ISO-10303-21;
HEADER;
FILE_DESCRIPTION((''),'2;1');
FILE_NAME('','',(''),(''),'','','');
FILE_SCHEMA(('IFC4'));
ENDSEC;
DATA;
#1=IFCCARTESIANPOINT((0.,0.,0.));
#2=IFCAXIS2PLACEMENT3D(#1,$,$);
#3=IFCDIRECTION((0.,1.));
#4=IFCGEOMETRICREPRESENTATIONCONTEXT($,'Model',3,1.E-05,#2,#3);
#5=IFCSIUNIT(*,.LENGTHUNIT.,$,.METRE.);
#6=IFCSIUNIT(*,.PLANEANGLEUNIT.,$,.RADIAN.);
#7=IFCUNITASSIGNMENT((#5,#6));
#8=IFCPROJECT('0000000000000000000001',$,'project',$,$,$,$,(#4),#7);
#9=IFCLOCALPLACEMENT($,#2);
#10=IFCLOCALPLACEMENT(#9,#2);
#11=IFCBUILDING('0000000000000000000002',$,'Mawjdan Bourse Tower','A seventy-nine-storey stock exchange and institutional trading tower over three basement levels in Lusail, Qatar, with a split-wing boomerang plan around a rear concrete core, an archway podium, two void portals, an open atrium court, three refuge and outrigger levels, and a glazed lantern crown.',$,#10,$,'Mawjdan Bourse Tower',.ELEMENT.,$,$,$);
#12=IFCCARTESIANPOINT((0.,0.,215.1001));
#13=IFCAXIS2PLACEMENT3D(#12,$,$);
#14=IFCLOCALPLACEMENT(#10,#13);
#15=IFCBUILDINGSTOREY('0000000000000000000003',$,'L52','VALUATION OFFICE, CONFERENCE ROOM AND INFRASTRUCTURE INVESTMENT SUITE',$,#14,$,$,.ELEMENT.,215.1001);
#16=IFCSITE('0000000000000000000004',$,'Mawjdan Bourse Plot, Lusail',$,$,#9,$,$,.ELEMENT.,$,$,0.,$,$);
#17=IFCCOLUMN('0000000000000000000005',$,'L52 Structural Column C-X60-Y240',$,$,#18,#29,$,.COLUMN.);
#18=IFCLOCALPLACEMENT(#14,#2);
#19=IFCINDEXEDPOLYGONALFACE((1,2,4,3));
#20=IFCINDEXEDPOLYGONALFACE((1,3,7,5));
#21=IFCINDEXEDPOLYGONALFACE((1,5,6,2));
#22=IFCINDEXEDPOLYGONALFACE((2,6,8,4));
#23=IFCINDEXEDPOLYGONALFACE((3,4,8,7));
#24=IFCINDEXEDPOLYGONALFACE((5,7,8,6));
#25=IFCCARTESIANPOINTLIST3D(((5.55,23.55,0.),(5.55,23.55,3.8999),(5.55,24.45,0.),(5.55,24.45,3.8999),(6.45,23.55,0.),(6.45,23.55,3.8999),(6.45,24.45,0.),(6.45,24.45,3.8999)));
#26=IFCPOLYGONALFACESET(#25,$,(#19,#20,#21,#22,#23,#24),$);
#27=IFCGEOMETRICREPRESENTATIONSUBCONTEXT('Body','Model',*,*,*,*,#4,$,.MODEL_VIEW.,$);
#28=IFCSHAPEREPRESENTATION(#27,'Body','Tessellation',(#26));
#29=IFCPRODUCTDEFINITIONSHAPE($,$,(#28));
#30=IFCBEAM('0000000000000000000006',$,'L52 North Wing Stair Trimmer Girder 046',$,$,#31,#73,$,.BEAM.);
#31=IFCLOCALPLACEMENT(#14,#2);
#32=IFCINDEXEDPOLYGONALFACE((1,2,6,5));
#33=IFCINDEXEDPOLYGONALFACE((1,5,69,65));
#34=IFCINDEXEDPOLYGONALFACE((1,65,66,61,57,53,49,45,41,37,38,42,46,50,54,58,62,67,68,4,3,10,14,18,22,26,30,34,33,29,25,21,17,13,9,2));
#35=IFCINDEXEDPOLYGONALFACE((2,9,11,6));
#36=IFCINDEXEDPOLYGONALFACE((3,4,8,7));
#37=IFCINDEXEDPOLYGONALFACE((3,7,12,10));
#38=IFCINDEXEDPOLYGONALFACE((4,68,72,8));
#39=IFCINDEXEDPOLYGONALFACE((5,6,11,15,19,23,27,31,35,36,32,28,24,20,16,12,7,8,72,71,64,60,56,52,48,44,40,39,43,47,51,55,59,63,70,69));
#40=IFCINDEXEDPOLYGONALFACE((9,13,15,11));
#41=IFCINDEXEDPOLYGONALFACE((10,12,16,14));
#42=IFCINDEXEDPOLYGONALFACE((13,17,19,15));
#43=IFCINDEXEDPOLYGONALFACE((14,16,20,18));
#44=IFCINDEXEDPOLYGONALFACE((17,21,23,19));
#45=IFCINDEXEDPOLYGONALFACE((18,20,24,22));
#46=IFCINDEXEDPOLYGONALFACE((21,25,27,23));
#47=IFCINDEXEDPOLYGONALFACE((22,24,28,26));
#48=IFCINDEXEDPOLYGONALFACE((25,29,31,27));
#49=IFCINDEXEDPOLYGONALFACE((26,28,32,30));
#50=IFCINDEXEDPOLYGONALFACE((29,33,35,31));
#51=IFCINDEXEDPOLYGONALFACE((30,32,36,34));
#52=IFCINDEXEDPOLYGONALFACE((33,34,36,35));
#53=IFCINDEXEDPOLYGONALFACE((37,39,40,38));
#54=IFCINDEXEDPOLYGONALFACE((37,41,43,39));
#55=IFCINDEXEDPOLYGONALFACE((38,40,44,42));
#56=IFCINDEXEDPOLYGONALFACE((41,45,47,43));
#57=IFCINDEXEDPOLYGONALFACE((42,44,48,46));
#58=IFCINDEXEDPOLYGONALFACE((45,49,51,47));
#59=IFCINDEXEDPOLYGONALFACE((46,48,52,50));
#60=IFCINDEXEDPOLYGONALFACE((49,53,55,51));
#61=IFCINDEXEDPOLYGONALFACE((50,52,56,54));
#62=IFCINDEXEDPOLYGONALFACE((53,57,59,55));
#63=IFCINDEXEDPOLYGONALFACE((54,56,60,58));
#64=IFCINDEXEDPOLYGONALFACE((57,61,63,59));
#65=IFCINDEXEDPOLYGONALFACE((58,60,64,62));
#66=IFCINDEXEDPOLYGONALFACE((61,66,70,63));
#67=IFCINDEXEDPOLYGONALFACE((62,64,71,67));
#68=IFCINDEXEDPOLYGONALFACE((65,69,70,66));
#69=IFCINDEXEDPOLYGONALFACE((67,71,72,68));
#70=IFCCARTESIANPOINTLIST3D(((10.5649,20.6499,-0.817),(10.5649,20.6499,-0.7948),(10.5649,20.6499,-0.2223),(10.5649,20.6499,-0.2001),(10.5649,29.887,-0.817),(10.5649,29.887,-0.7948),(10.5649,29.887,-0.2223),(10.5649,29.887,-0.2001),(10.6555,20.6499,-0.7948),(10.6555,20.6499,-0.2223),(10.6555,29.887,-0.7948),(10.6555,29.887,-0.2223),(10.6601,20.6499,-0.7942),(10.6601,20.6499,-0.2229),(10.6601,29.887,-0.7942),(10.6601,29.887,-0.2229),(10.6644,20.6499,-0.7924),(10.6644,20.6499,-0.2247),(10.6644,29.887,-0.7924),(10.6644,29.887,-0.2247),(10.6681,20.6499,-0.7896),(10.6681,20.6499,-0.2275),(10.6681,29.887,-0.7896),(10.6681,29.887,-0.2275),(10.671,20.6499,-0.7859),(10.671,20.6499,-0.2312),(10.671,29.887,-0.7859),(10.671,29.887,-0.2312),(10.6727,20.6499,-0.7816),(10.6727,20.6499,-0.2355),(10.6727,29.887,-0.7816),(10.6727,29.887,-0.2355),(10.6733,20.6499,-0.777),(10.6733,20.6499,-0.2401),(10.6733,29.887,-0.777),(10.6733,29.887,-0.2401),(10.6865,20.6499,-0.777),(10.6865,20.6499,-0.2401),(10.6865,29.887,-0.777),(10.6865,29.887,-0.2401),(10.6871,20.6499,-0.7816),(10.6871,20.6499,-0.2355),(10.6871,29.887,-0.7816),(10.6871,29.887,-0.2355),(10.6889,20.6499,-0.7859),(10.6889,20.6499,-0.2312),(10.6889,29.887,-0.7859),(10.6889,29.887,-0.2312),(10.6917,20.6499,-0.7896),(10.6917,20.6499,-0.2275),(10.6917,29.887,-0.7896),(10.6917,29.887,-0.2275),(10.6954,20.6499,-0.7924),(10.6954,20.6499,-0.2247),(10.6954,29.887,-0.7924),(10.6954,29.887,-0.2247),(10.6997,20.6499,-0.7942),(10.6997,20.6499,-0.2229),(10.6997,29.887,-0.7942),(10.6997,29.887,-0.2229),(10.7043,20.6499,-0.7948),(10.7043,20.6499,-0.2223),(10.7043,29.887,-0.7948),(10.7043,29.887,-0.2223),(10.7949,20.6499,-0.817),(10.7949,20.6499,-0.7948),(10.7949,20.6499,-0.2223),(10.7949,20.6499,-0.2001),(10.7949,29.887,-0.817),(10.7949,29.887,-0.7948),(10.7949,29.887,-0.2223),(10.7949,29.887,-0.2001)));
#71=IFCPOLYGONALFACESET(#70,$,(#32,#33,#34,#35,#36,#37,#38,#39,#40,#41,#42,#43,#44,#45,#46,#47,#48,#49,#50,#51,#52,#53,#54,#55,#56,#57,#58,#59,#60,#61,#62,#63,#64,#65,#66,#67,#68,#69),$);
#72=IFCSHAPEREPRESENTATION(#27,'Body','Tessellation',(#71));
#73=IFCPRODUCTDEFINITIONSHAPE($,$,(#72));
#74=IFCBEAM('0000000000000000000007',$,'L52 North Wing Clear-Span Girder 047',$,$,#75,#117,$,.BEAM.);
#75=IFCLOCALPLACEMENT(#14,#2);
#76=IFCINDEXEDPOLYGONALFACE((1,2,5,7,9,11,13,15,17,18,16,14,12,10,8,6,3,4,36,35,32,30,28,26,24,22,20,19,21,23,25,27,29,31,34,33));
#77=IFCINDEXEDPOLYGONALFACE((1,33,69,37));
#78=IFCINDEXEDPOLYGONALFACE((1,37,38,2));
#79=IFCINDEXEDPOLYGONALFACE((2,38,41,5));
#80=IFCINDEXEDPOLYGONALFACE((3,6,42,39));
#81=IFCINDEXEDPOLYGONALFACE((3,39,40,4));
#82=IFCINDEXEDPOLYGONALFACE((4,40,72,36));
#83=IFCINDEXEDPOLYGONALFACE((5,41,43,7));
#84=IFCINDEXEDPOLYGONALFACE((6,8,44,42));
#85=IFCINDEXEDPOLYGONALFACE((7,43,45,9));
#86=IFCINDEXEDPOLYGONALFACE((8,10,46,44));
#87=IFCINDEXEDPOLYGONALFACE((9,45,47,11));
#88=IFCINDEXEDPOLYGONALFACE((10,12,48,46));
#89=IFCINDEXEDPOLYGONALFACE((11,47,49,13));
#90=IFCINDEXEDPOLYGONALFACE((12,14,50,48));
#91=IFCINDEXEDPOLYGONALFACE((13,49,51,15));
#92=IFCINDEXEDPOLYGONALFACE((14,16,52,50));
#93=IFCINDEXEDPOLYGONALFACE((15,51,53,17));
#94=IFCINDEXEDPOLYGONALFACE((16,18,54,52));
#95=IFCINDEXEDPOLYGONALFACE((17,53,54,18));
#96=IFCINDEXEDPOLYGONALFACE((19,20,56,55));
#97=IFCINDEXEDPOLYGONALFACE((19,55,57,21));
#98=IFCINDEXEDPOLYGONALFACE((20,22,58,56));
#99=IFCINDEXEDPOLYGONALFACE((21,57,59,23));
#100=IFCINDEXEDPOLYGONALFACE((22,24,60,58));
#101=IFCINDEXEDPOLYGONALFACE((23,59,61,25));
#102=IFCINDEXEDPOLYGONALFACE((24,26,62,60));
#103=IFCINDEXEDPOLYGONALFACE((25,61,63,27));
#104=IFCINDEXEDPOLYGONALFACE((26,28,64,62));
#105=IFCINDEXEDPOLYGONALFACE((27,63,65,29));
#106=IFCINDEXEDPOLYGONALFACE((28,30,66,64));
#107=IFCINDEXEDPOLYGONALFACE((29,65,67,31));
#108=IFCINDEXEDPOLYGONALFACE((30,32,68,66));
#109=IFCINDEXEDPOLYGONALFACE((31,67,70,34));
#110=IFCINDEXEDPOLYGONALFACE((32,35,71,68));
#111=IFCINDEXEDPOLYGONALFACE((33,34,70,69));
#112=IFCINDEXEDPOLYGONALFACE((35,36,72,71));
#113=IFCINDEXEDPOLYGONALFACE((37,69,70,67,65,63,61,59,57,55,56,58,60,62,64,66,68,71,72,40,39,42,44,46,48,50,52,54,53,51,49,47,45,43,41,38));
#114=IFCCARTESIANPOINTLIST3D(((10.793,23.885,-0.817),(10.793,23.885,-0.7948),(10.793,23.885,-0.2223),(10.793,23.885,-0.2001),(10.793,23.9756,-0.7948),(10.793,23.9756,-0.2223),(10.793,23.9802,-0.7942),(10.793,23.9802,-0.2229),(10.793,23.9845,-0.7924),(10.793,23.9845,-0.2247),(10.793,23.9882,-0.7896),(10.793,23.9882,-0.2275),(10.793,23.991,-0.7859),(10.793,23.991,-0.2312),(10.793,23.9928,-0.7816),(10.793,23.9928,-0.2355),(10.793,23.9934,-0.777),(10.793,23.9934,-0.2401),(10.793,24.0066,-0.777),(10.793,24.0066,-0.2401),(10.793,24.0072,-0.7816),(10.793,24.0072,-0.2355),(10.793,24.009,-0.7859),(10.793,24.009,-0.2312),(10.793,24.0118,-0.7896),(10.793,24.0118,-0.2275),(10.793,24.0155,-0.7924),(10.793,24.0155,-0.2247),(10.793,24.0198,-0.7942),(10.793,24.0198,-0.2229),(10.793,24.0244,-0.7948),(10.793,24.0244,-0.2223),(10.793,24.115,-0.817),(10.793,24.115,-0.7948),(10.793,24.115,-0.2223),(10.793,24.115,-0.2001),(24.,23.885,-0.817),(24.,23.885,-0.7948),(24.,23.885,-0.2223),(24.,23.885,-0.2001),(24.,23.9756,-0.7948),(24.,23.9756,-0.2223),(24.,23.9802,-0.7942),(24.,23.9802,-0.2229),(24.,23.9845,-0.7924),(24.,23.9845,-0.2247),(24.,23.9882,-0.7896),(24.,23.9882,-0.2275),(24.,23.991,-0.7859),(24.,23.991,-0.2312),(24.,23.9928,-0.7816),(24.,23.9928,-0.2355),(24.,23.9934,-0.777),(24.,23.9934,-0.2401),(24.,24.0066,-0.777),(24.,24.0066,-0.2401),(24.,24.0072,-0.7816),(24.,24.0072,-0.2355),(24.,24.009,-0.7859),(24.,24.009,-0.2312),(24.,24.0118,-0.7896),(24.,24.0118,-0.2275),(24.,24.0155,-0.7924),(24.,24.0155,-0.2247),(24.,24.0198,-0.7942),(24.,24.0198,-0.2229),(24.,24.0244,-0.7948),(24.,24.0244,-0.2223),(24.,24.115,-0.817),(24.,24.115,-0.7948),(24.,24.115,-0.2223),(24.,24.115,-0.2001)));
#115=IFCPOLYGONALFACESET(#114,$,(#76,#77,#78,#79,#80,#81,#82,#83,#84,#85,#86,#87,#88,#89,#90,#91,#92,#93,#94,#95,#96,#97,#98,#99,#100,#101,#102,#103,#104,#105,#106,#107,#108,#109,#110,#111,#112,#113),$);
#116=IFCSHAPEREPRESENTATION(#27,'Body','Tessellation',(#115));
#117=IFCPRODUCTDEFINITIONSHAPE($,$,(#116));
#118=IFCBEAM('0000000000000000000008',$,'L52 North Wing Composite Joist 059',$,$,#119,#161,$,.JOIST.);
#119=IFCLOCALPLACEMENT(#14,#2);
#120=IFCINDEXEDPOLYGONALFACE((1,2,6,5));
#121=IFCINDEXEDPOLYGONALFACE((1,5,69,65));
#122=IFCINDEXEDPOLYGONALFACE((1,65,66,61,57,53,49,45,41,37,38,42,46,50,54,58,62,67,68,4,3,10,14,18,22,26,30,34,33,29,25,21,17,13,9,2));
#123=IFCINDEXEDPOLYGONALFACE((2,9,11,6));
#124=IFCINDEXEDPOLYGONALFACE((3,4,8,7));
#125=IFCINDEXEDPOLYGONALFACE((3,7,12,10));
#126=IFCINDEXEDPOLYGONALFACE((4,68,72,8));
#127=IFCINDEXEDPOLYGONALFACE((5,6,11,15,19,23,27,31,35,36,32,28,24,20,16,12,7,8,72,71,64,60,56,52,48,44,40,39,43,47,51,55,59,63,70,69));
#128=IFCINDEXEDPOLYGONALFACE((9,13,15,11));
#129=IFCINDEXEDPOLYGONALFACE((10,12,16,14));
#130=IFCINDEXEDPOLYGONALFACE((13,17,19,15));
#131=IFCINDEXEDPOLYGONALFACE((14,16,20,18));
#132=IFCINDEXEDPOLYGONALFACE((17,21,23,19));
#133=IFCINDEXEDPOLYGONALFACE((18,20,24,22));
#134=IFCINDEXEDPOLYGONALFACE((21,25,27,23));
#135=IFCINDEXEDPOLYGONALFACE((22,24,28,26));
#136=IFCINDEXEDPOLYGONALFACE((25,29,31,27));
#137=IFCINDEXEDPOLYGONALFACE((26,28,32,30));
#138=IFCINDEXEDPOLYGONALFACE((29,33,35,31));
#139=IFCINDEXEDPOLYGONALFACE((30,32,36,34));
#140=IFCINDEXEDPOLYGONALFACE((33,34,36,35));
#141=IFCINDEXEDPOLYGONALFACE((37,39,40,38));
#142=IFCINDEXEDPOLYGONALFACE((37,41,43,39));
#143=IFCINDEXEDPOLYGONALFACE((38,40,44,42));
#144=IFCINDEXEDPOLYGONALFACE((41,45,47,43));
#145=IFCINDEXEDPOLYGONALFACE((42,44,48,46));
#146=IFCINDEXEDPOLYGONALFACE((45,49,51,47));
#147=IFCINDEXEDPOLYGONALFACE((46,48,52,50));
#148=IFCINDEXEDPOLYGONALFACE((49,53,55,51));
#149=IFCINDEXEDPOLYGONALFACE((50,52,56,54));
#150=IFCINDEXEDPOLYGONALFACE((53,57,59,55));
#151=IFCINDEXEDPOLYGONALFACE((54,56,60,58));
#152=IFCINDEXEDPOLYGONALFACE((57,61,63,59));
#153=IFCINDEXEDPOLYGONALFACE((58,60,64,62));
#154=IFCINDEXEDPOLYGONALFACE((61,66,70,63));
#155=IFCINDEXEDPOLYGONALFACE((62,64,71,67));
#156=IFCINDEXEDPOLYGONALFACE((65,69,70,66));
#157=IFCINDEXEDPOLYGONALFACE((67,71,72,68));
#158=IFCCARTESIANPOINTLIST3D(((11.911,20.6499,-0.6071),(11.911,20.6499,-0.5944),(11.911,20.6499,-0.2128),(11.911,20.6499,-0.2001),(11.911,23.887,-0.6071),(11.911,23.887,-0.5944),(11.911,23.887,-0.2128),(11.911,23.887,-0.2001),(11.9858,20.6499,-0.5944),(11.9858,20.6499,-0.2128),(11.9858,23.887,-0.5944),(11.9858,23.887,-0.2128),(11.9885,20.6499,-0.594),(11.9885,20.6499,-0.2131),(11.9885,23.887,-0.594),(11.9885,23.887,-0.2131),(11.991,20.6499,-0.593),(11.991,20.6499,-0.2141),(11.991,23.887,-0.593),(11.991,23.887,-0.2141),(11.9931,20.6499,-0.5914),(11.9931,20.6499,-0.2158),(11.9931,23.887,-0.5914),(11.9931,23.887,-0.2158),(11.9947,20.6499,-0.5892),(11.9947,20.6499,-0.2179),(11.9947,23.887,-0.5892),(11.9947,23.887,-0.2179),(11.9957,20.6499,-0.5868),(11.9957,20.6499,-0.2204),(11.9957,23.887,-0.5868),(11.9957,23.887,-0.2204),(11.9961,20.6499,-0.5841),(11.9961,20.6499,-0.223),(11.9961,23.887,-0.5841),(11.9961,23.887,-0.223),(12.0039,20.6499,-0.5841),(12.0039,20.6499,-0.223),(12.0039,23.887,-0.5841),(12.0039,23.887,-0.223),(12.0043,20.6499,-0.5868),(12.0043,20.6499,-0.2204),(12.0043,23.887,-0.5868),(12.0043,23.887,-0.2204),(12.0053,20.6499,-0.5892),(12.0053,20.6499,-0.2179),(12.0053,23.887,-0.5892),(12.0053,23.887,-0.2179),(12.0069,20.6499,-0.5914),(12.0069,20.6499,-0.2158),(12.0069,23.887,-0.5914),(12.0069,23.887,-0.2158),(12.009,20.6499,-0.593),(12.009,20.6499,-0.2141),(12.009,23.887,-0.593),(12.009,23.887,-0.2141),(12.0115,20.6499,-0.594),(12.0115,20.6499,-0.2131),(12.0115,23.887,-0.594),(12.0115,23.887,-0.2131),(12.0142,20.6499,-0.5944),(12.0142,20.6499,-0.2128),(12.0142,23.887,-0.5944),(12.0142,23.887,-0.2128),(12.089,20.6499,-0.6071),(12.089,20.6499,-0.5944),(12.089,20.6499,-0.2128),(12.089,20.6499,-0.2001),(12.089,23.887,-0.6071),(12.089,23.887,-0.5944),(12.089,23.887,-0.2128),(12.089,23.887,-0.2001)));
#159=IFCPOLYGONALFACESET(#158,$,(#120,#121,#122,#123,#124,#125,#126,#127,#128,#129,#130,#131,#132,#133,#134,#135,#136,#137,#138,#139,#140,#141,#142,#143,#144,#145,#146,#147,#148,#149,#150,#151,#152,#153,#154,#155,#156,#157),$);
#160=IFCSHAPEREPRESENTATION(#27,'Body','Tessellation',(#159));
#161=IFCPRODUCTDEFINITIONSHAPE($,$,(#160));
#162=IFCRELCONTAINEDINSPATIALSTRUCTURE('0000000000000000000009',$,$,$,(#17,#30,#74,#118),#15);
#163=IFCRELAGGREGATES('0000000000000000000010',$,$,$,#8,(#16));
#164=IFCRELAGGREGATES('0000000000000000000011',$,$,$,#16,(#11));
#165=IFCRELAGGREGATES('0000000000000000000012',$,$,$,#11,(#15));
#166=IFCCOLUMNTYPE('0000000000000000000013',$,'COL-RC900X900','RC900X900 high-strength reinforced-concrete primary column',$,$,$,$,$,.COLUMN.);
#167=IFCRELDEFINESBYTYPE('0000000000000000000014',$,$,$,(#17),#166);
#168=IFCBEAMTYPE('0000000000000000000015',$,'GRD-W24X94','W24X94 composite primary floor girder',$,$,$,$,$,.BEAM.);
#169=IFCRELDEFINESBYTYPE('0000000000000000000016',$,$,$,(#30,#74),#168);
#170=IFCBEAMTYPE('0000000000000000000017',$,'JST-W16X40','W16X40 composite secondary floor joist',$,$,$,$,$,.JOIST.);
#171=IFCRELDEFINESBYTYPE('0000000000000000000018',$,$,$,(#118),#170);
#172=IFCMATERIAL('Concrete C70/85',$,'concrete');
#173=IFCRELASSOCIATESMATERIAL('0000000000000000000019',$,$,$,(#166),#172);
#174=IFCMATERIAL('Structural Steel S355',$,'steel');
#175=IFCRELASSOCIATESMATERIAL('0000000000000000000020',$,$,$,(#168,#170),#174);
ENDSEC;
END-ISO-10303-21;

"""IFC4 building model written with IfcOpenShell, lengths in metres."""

from ifc_helpers import new_model, si_unit, direction, frame, origin, origin_2d, place, context, subcontext, project, spatial, rectangle, i_section, extrude, material, material_profile, profile_set, type_object, element, save


model = new_model("IFC4")

# Units and contexts
model_context = context("Model", 3, precision=1e-05, world=origin(), true_north=direction((0.0, 1.0)))
body_context = subcontext(model_context, "Body", "Model", "MODEL_VIEW")
ifc_project = project(units=[si_unit("LENGTHUNIT", "METRE"), si_unit("PLANEANGLEUNIT", "RADIAN")], contexts=[model_context])

# Site, building, storey
site_placement = place(None, origin())
site = spatial("IfcSite", under=ifc_project, at=site_placement, Name="Mawjdan Bourse Plot, Lusail", CompositionType="ELEMENT", RefElevation=0.0)
building_placement = place(site_placement, origin())
building = spatial("IfcBuilding", under=site, at=building_placement, Name="Mawjdan Bourse Tower", Description="A seventy-nine-storey stock exchange and institutional trading tower over three basement levels in Lusail, Qatar, with a split-wing boomerang plan around a rear concrete core, an archway podium, two void portals, an open atrium court, three refuge and outrigger levels, and a glazed lantern crown.", LongName="Mawjdan Bourse Tower", CompositionType="ELEMENT")
storey_placement = place(building_placement, frame((0.0, 0.0, 215.1001)))
storey = spatial("IfcBuildingStorey", under=building, at=storey_placement, Name="L52", Description="VALUATION OFFICE, CONFERENCE ROOM AND INFRASTRUCTURE INVESTMENT SUITE", CompositionType="ELEMENT", Elevation=215.1001)

# Column
ifc_material_1 = material(Name="Concrete C70/85", Category="concrete")
ifc_material_profile_1 = material_profile(ifc_material_1, rectangle(XDim=0.8999, YDim=0.8999, at=origin_2d()), Name="RC900X900")
ifc_profile_set_1 = profile_set([ifc_material_profile_1], Name="Concrete C70/85")
column_type = type_object("IfcColumnType", Name="COL-RC900X900", Description="RC900X900 high-strength reinforced-concrete primary column", PredefinedType="COLUMN", material=ifc_profile_set_1)
column_placement = place(storey_placement, frame((6.0, 24.0, 0.0), z_axis=(0.0, 0.0, 1.0), x_axis=(1.0, 0.0, 0.0)))
element("IfcColumn", 1, at=column_placement, inside=storey, type_object=column_type, Name="L52 Structural Column C-X60-Y240", PredefinedType="COLUMN", context=body_context, shape_type="SweptSolid", body=[
    extrude(rectangle(XDim=0.8999, YDim=0.8999, at=origin_2d()), origin(), (0.0, 0.0, 1.0), 3.8999),
])

# Beams
ifc_material_2 = material(Name="Structural Steel S355", Category="steel")
ifc_material_profile_2 = material_profile(ifc_material_2, i_section(OverallWidth=0.23, OverallDepth=0.6169, WebThickness=0.0132, FlangeThickness=0.0222, FilletRadius=0.0178, at=origin_2d()), Name="W24X94")
ifc_profile_set_2 = profile_set([ifc_material_profile_2], Name="Structural Steel S355")
beam_type_1 = type_object("IfcBeamType", Name="GRD-W24X94", Description="W24X94 composite primary floor girder", PredefinedType="BEAM", material=ifc_profile_set_2)
beam_1_placement = place(storey_placement, frame((10.6799, 20.6499, -0.5085), z_axis=(0.0, 1.0, 0.0), x_axis=(-1.0, 0.0, 0.0)))
element("IfcBeam", 2, at=beam_1_placement, inside=storey, type_object=beam_type_1, Name="L52 North Wing Stair Trimmer Girder 046", PredefinedType="BEAM", context=body_context, shape_type="SweptSolid", body=[
    extrude(i_section(OverallWidth=0.23, OverallDepth=0.6169, WebThickness=0.0132, FlangeThickness=0.0222, FilletRadius=0.0178, at=origin_2d()), origin(), (0.0, 0.0, 1.0), 9.2371),
])
beam_2_placement = place(storey_placement, frame((10.793, 24.0, -0.5085), z_axis=(1.0, 0.0, 0.0), x_axis=(0.0, 1.0, 0.0)))
element("IfcBeam", 3, at=beam_2_placement, inside=storey, type_object=beam_type_1, Name="L52 North Wing Clear-Span Girder 047", PredefinedType="BEAM", context=body_context, shape_type="SweptSolid", body=[
    extrude(i_section(OverallWidth=0.23, OverallDepth=0.6169, WebThickness=0.0132, FlangeThickness=0.0222, FilletRadius=0.0178, at=origin_2d()), origin(), (0.0, 0.0, 1.0), 13.207),
])
ifc_material_profile_3 = material_profile(ifc_material_2, i_section(OverallWidth=0.178, OverallDepth=0.407, WebThickness=0.0078, FlangeThickness=0.0127, FilletRadius=0.0103, at=origin_2d()), Name="W16X40")
ifc_profile_set_3 = profile_set([ifc_material_profile_3], Name="Structural Steel S355")
beam_type_2 = type_object("IfcBeamType", Name="JST-W16X40", Description="W16X40 composite secondary floor joist", PredefinedType="JOIST", material=ifc_profile_set_3)
beam_3_placement = place(storey_placement, frame((12.0, 20.6499, -0.4036), z_axis=(0.0, 1.0, 0.0), x_axis=(-1.0, 0.0, 0.0)))
element("IfcBeam", 4, at=beam_3_placement, inside=storey, type_object=beam_type_2, Name="L52 North Wing Composite Joist 059", PredefinedType="JOIST", context=body_context, shape_type="SweptSolid", body=[
    extrude(i_section(OverallWidth=0.178, OverallDepth=0.407, WebThickness=0.0078, FlangeThickness=0.0127, FilletRadius=0.0103, at=origin_2d()), origin(), (0.0, 0.0, 1.0), 3.2371),
])

save(model, "model.ifc")
